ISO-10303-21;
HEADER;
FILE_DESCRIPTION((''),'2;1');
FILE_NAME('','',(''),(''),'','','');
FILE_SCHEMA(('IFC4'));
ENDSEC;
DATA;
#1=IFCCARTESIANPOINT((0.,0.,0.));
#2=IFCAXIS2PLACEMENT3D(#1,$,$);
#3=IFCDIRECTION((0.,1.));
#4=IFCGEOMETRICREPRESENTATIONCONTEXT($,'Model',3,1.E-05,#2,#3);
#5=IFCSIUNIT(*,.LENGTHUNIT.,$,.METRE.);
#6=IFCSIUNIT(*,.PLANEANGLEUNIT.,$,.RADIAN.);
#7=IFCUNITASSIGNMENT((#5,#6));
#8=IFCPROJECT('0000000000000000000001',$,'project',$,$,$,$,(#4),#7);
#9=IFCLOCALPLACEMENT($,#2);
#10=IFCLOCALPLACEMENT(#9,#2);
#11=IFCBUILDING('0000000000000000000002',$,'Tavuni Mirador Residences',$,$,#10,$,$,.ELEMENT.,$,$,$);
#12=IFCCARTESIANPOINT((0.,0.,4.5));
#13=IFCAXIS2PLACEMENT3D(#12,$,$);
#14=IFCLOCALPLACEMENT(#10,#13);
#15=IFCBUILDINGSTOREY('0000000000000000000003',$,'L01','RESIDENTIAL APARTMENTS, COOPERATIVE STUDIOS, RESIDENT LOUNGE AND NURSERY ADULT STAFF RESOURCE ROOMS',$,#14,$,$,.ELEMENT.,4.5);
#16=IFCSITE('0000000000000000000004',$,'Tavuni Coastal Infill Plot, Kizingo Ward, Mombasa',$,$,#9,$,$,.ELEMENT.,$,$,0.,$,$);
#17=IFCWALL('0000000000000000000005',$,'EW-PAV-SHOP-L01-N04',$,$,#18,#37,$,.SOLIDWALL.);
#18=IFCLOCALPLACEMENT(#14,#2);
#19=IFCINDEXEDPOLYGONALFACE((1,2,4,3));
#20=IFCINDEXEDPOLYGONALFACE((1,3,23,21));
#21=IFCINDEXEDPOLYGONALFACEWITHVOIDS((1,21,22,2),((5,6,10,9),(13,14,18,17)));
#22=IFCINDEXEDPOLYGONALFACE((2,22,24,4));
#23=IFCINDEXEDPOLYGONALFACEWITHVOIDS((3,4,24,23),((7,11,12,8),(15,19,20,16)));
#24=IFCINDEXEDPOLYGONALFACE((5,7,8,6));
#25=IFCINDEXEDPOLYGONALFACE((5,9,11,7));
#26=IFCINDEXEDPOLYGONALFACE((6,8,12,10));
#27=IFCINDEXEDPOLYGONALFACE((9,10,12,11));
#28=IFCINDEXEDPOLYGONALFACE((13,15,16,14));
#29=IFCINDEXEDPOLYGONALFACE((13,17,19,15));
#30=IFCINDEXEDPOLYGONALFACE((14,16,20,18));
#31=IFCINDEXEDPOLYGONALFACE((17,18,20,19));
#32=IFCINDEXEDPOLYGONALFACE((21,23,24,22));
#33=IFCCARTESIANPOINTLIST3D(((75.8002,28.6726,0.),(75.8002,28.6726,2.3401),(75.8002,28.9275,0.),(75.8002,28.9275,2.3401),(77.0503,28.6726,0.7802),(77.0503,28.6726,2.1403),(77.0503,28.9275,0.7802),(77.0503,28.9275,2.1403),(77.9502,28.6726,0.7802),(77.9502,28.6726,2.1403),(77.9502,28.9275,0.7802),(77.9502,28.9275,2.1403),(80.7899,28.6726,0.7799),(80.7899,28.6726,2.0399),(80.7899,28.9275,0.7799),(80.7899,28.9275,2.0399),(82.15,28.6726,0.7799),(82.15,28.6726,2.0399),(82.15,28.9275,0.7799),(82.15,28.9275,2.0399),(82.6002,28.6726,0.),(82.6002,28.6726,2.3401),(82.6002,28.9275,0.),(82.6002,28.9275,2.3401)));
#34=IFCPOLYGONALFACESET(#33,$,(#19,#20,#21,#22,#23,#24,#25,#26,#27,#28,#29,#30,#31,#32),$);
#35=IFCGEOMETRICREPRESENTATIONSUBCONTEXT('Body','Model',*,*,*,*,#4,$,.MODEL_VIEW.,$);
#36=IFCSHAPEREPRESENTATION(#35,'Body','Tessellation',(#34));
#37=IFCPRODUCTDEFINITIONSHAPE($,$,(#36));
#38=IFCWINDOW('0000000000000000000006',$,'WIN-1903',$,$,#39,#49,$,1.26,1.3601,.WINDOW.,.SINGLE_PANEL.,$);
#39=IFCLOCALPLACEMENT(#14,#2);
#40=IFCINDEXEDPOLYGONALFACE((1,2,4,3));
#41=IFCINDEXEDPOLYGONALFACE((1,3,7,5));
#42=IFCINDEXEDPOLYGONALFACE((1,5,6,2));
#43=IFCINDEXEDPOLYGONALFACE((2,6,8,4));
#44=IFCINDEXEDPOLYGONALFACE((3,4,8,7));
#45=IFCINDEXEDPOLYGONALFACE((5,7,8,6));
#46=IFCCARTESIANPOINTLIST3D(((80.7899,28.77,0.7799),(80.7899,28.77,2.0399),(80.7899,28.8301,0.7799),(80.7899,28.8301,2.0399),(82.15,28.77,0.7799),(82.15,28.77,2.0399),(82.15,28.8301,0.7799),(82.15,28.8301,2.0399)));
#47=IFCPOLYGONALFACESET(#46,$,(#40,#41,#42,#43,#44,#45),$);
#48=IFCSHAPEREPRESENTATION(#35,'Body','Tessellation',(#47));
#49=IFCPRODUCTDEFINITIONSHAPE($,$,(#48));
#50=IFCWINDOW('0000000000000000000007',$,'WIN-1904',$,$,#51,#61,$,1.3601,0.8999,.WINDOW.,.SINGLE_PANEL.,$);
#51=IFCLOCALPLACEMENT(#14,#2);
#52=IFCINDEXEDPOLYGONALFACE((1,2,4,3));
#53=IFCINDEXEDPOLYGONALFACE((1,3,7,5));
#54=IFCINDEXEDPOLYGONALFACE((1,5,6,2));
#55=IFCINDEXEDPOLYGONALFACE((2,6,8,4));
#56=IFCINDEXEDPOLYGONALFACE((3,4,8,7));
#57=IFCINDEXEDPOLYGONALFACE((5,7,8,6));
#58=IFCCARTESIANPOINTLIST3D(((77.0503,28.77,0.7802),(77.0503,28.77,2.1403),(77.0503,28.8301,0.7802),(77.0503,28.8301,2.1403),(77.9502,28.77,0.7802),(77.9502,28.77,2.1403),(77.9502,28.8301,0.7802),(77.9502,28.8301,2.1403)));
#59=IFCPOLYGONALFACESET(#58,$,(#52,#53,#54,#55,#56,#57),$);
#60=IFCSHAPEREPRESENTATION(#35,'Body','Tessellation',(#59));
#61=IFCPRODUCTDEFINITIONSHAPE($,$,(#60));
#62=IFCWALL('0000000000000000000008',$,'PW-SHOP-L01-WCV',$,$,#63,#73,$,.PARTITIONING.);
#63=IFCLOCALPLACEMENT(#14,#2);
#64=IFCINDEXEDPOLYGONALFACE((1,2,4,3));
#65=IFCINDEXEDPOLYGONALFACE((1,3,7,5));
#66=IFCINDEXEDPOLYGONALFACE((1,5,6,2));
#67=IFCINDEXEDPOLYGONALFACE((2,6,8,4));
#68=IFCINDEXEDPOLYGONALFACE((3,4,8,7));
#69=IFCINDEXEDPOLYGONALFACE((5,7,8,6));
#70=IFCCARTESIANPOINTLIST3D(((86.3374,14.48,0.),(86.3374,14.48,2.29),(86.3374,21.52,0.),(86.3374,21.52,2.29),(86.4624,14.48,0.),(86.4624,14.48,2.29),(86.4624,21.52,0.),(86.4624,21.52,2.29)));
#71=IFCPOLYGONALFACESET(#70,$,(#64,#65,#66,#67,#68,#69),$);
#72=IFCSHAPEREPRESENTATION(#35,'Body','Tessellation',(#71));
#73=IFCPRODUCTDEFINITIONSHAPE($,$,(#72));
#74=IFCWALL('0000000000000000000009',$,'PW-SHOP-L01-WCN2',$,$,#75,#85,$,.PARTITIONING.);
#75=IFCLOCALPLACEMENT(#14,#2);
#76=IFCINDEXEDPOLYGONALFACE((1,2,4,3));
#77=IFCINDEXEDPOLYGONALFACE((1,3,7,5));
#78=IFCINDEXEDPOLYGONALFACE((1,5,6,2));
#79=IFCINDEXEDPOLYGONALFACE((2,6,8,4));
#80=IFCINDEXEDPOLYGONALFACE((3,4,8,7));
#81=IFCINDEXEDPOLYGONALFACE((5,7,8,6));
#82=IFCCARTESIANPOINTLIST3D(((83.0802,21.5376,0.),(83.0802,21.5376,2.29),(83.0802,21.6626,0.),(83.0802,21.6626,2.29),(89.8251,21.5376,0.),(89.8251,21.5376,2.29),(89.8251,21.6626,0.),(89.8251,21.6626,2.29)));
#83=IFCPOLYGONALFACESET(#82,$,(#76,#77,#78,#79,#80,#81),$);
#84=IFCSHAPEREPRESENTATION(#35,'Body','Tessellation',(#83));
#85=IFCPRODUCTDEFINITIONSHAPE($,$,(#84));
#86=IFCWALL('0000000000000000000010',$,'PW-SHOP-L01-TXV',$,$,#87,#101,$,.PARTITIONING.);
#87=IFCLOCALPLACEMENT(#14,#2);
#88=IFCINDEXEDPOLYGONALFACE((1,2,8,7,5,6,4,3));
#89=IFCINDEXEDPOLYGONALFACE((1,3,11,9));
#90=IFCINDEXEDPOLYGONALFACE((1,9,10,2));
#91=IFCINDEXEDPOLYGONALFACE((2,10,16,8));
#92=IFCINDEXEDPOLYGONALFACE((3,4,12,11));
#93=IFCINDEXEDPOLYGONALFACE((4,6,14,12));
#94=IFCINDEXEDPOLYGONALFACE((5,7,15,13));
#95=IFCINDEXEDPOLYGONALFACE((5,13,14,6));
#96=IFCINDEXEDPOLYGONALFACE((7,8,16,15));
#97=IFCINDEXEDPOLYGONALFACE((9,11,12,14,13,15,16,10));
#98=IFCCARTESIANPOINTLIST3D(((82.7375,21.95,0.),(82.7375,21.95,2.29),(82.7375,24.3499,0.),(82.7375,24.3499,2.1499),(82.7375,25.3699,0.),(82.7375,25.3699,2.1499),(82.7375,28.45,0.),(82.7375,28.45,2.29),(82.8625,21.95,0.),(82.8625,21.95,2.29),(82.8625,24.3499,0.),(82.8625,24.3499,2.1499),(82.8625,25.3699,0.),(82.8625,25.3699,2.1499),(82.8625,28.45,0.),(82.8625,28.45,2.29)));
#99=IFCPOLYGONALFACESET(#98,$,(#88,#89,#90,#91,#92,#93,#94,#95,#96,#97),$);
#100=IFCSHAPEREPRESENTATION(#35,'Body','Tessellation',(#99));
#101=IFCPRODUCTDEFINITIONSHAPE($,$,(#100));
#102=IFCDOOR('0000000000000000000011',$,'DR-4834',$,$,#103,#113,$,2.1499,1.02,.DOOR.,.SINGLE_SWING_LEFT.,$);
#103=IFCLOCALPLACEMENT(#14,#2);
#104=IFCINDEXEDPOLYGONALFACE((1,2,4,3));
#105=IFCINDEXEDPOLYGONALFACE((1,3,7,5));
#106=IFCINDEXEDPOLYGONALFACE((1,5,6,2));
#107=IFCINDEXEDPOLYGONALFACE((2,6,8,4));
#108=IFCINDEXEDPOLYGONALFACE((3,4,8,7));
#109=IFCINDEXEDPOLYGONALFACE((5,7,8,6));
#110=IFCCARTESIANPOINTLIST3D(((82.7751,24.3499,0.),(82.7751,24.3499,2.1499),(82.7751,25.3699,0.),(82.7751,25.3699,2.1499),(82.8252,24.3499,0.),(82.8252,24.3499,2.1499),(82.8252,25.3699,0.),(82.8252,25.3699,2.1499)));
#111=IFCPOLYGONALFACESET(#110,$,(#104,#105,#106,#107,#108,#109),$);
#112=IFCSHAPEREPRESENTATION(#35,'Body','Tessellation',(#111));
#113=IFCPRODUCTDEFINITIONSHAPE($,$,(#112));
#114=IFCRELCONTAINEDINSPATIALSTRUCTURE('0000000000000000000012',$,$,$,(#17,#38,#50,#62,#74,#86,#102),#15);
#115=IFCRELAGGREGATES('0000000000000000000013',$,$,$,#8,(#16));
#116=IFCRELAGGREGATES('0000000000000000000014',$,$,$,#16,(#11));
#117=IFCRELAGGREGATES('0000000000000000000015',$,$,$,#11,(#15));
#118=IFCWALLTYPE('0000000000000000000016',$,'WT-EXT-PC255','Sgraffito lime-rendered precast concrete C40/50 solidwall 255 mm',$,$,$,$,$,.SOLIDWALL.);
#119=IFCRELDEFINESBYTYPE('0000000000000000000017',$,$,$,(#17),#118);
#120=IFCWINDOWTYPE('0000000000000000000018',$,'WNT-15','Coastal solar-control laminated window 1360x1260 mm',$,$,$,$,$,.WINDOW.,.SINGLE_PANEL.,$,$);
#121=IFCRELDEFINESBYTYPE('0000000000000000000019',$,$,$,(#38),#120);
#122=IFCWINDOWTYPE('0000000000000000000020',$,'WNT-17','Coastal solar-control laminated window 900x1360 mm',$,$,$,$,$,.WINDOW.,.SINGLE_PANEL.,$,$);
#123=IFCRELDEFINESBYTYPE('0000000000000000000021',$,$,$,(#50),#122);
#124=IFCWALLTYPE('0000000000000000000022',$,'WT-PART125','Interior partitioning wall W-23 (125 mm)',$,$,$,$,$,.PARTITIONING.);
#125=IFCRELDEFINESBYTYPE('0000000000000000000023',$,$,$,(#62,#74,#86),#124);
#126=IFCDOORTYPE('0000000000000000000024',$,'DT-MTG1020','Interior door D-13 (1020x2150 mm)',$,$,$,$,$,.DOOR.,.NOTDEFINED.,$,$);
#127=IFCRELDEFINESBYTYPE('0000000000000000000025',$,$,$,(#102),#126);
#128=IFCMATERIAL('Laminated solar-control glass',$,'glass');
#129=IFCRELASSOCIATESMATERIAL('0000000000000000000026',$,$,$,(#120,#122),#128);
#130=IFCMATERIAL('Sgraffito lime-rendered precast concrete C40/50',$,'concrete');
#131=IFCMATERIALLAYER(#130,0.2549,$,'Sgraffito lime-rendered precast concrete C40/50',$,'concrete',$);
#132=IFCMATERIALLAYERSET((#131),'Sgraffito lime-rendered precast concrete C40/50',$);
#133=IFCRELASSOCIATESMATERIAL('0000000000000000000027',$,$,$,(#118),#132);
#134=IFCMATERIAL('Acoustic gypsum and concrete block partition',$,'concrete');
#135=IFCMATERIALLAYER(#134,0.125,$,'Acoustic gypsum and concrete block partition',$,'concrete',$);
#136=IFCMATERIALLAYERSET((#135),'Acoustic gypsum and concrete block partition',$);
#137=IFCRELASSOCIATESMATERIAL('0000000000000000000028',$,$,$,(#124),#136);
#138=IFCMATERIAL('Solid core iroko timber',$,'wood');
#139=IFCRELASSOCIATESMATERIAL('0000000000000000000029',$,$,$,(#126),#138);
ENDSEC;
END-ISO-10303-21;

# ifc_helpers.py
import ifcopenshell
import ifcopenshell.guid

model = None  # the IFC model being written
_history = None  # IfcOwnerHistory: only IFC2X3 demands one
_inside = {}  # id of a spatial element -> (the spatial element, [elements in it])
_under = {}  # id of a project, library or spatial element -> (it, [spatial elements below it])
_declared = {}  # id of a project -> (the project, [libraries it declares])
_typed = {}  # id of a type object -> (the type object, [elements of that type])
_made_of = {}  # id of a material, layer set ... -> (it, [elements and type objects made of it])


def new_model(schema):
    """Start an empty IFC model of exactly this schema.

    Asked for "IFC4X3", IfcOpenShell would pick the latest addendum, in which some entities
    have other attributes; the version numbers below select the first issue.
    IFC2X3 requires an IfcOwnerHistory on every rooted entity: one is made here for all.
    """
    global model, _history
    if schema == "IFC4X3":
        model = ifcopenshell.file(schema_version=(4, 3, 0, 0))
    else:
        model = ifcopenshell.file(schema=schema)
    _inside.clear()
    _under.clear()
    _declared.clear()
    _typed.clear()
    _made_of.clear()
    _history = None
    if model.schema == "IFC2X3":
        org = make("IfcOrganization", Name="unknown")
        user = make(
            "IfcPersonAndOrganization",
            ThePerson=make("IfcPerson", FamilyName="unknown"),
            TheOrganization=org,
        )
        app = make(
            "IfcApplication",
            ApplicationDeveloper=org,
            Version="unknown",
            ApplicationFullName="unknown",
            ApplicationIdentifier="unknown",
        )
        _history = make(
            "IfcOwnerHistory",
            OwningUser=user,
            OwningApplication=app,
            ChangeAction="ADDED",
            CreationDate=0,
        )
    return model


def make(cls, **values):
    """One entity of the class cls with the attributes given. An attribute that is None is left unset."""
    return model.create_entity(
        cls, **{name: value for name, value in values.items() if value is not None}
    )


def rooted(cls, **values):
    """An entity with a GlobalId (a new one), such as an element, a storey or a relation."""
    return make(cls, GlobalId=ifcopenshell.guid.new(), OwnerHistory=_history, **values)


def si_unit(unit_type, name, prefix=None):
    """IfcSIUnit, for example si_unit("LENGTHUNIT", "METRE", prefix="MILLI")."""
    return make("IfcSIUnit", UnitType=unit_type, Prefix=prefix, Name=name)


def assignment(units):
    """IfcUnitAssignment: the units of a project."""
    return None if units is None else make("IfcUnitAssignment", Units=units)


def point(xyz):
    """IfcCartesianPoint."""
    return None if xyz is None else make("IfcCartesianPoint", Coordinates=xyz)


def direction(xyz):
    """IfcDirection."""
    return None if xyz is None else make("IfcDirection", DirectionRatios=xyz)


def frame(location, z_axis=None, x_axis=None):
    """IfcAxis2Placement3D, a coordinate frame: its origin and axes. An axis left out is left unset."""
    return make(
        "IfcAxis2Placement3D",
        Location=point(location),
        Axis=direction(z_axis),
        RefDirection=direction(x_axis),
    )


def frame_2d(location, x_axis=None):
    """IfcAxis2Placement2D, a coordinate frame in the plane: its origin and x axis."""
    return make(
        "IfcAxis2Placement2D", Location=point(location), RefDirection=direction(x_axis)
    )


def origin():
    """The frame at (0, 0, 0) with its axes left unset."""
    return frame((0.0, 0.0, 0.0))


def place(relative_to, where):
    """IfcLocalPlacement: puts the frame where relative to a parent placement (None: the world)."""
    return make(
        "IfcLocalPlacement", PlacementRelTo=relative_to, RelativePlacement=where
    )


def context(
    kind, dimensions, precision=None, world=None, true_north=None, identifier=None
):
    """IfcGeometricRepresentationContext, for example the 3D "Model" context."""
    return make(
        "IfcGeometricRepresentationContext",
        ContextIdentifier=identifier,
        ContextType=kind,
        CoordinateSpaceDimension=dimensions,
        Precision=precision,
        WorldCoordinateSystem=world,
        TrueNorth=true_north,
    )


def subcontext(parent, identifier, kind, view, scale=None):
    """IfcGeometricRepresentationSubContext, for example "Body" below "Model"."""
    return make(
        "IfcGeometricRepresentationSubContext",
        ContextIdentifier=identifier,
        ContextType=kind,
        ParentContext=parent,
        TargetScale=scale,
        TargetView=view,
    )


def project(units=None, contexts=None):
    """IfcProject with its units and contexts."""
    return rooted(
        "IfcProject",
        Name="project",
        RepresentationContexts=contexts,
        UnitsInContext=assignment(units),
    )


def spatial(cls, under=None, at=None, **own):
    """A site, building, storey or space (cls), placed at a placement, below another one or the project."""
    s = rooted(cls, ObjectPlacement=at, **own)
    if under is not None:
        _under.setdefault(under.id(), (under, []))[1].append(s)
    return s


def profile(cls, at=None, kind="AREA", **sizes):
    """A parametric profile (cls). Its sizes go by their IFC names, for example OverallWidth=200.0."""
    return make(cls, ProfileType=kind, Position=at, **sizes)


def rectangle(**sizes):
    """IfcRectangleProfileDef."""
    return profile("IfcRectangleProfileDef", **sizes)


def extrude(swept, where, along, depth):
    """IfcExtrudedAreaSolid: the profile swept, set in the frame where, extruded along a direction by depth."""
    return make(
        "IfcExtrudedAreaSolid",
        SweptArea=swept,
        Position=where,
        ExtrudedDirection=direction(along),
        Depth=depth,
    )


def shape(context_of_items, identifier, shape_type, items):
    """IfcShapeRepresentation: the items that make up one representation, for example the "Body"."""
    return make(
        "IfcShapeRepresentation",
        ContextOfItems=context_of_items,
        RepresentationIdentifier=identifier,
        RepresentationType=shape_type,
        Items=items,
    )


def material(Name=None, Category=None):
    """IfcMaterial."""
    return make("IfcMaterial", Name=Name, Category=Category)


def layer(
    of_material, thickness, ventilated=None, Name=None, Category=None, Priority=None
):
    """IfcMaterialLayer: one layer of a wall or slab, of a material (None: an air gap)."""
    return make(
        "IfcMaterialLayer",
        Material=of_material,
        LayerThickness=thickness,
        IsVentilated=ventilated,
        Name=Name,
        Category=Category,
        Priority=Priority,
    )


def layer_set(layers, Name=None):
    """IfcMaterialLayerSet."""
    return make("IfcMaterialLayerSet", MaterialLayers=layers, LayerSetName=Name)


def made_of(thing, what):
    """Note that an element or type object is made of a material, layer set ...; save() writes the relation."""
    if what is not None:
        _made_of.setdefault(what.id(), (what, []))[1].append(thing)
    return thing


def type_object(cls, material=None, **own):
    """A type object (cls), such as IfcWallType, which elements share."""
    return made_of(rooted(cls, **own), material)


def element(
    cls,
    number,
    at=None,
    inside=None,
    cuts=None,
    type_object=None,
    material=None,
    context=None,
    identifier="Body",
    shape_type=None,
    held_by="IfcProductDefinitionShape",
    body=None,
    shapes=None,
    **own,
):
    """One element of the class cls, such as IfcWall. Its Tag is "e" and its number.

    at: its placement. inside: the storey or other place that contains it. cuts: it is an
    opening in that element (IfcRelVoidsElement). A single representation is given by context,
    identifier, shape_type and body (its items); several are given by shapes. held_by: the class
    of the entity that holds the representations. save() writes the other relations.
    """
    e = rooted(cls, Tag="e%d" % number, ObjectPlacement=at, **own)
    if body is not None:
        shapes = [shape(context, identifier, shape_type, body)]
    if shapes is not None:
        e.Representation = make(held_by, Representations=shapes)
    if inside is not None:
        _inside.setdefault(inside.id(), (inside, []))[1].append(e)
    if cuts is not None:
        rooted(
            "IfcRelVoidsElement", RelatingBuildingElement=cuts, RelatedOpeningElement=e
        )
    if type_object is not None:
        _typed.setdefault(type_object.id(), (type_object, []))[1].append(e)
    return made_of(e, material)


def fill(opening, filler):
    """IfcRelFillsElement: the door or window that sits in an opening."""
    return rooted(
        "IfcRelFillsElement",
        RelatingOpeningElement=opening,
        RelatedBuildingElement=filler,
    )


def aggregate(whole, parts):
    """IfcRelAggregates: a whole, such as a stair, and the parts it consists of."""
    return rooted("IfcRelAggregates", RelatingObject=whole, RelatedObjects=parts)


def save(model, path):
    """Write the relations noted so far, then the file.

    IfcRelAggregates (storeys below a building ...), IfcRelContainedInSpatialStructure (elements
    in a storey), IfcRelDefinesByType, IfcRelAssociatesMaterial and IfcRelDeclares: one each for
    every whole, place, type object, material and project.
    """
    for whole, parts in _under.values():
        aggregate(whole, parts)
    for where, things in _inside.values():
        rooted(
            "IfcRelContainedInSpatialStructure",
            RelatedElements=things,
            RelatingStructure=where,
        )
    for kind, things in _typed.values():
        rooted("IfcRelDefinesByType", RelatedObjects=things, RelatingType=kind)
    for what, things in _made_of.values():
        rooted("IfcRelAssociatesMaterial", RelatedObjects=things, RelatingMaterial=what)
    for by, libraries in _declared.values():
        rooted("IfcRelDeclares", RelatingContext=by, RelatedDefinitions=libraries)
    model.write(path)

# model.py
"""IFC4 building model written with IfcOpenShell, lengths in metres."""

from ifc_helpers import new_model, si_unit, direction, frame, frame_2d, origin, place, context, subcontext, project, spatial, rectangle, extrude, material, layer, layer_set, type_object, element, fill, save


model = new_model("IFC4")

# Units and contexts
model_context = context("Model", 3, precision=1e-05, world=origin(), true_north=direction((0.0, 1.0)))
body_context = subcontext(model_context, "Body", "Model", "MODEL_VIEW")
ifc_project = project(units=[si_unit("LENGTHUNIT", "METRE"), si_unit("PLANEANGLEUNIT", "RADIAN")], contexts=[model_context])

# Site, building, storey
site_placement = place(None, origin())
site = spatial("IfcSite", under=ifc_project, at=site_placement, Name="Tavuni Coastal Infill Plot, Kizingo Ward, Mombasa", CompositionType="ELEMENT", RefElevation=0.0)
building_placement = place(site_placement, origin())
building = spatial("IfcBuilding", under=site, at=building_placement, Name="Tavuni Mirador Residences", CompositionType="ELEMENT")
storey_placement = place(building_placement, frame((0.0, 0.0, 4.5)))
storey = spatial("IfcBuildingStorey", under=building, at=storey_placement, Name="L01", Description="RESIDENTIAL APARTMENTS, COOPERATIVE STUDIOS, RESIDENT LOUNGE AND NURSERY ADULT STAFF RESOURCE ROOMS", CompositionType="ELEMENT", Elevation=4.5)

# Shared definitions
ifc_material_1 = material(Name="Solid core iroko timber", Category="wood")

# Wall, openings, windows
ifc_material_2 = material(Name="Sgraffito lime-rendered precast concrete C40/50", Category="concrete")
ifc_material_3 = material(Name="Laminated solar-control glass", Category="glass")
window_type_1 = type_object("IfcWindowType", Name="WNT-15", Description="Coastal solar-control laminated window 1360x1260 mm", PartitioningType="SINGLE_PANEL", PredefinedType="WINDOW", material=ifc_material_3)
ifc_layer_1 = layer(ifc_material_2, 0.2549, Name="Sgraffito lime-rendered precast concrete C40/50", Category="concrete")
ifc_layer_set_1 = layer_set([ifc_layer_1], Name="Sgraffito lime-rendered precast concrete C40/50")
wall_type_1 = type_object("IfcWallType", Name="WT-EXT-PC255", Description="Sgraffito lime-rendered precast concrete C40/50 solidwall 255 mm", PredefinedType="SOLIDWALL", material=ifc_layer_set_1)
wall_1_placement = place(storey_placement, frame((82.6001, 28.8, 0.0), z_axis=(0.0, 0.0, 1.0), x_axis=(-1.0, 0.0, 0.0)))
wall_1 = element("IfcWall", 1, at=wall_1_placement, inside=storey, type_object=wall_type_1, Name="EW-PAV-SHOP-L01-N04", PredefinedType="SOLIDWALL", context=body_context, shape_type="SweptSolid", body=[
    extrude(rectangle(XDim=6.8, YDim=0.2549, at=frame_2d((3.3999, 0.0))), origin(), (0.0, 0.0, 1.0), 2.3401),
])
opening_1_placement = place(wall_1_placement, frame((0.45, 0.0, 0.78)))
opening_1 = element("IfcOpeningElement", 2, at=opening_1_placement, cuts=wall_1, PredefinedType="OPENING", context=body_context, shape_type="SweptSolid", body=[
    extrude(rectangle(XDim=1.3601, YDim=1.26, at=frame_2d((0.6802, 0.6299))), frame((0.0, 0.1375, 0.0), z_axis=(0.0, -1.0, 0.0), x_axis=(1.0, 0.0, 0.0)), (0.0, 0.0, 1.0), 0.2749),
])
opening_2_placement = place(wall_1_placement, frame((4.6499, 0.0, 0.78)))
opening_2 = element("IfcOpeningElement", 3, at=opening_2_placement, cuts=wall_1, PredefinedType="OPENING", context=body_context, shape_type="SweptSolid", body=[
    extrude(rectangle(XDim=0.8999, YDim=1.3601, at=frame_2d((0.45, 0.6802))), frame((0.0, 0.1375, 0.0), z_axis=(0.0, -1.0, 0.0), x_axis=(1.0, 0.0, 0.0)), (0.0, 0.0, 1.0), 0.2749),
])
window_1_placement = place(opening_1_placement, origin())
window_1 = element("IfcWindow", 4, at=window_1_placement, inside=storey, type_object=window_type_1, Name="WIN-1903", OverallHeight=1.26, OverallWidth=1.3601, PartitioningType="SINGLE_PANEL", PredefinedType="WINDOW", context=body_context, shape_type="SweptSolid", body=[
    extrude(rectangle(XDim=1.3601, YDim=1.26, at=frame_2d((0.6802, 0.6299))), frame((0.0, 0.03, 0.0), z_axis=(0.0, -1.0, 0.0), x_axis=(1.0, 0.0, 0.0)), (0.0, 0.0, 1.0), 0.0601),
])
fill(opening_1, window_1)
window_type_2 = type_object("IfcWindowType", Name="WNT-17", Description="Coastal solar-control laminated window 900x1360 mm", PartitioningType="SINGLE_PANEL", PredefinedType="WINDOW", material=ifc_material_3)
window_2_placement = place(opening_2_placement, origin())
window_2 = element("IfcWindow", 5, at=window_2_placement, inside=storey, type_object=window_type_2, Name="WIN-1904", OverallHeight=1.3601, OverallWidth=0.8999, PartitioningType="SINGLE_PANEL", PredefinedType="WINDOW", context=body_context, shape_type="SweptSolid", body=[
    extrude(rectangle(XDim=0.8999, YDim=1.3601, at=frame_2d((0.45, 0.6802))), frame((0.0, 0.03, 0.0), z_axis=(0.0, -1.0, 0.0), x_axis=(1.0, 0.0, 0.0)), (0.0, 0.0, 1.0), 0.0601),
])
fill(opening_2, window_2)

# Wall
ifc_material_4 = material(Name="Acoustic gypsum and concrete block partition", Category="concrete")
ifc_layer_2 = layer(ifc_material_4, 0.125, Name="Acoustic gypsum and concrete block partition", Category="concrete")
ifc_layer_set_2 = layer_set([ifc_layer_2], Name="Acoustic gypsum and concrete block partition")
wall_type_2 = type_object("IfcWallType", Name="WT-PART125", Description="Interior partitioning wall W-23 (125 mm)", PredefinedType="PARTITIONING", material=ifc_layer_set_2)
wall_2_placement = place(storey_placement, frame((86.3999, 14.48, 0.0), z_axis=(0.0, 0.0, 1.0), x_axis=(0.0, 1.0, 0.0)))
element("IfcWall", 6, at=wall_2_placement, inside=storey, type_object=wall_type_2, Name="PW-SHOP-L01-WCV", PredefinedType="PARTITIONING", context=body_context, shape_type="SweptSolid", body=[
    extrude(rectangle(XDim=7.04, YDim=0.125, at=frame_2d((3.52, 0.0))), origin(), (0.0, 0.0, 1.0), 2.29),
])

# Shared definitions
door_type_1 = type_object("IfcDoorType", Name="DT-MTG1020", Description="Interior door D-13 (1020x2150 mm)", OperationType="NOTDEFINED", PredefinedType="DOOR", material=ifc_material_1)

# Wall
wall_3_placement = place(storey_placement, frame((83.0801, 21.6001, 0.0), z_axis=(0.0, 0.0, 1.0), x_axis=(1.0, 0.0, 0.0)))
element("IfcWall", 7, at=wall_3_placement, inside=storey, type_object=wall_type_2, Name="PW-SHOP-L01-WCN2", PredefinedType="PARTITIONING", context=body_context, shape_type="SweptSolid", body=[
    extrude(rectangle(XDim=6.7449, YDim=0.125, at=frame_2d((3.3726, 0.0))), origin(), (0.0, 0.0, 1.0), 2.29),
])

# Wall, opening, door
wall_4_placement = place(storey_placement, frame((82.8, 21.95, 0.0), z_axis=(0.0, 0.0, 1.0), x_axis=(0.0, 1.0, 0.0)))
wall_4 = element("IfcWall", 8, at=wall_4_placement, inside=storey, type_object=wall_type_2, Name="PW-SHOP-L01-TXV", PredefinedType="PARTITIONING", context=body_context, shape_type="SweptSolid", body=[
    extrude(rectangle(XDim=6.5, YDim=0.125, at=frame_2d((3.25, 0.0))), origin(), (0.0, 0.0, 1.0), 2.29),
])
opening_3_placement = place(wall_4_placement, frame((2.3999, 0.0, 0.0)))
opening_3 = element("IfcOpeningElement", 9, at=opening_3_placement, cuts=wall_4, PredefinedType="OPENING", context=body_context, shape_type="SweptSolid", body=[
    extrude(rectangle(XDim=1.02, YDim=2.1499, at=frame_2d((0.51, 1.075))), frame((0.0, 0.0725, 0.0), z_axis=(0.0, -1.0, 0.0), x_axis=(1.0, 0.0, 0.0)), (0.0, 0.0, 1.0), 0.145),
])
door_1_placement = place(opening_3_placement, origin())
door_1 = element("IfcDoor", 10, at=door_1_placement, inside=storey, type_object=door_type_1, Name="DR-4834", OperationType="SINGLE_SWING_LEFT", OverallHeight=2.1499, OverallWidth=1.02, PredefinedType="DOOR", context=body_context, shape_type="SweptSolid", body=[
    extrude(rectangle(XDim=1.02, YDim=2.1499, at=frame_2d((0.51, 1.075))), frame((0.0, 0.0249, 0.0), z_axis=(0.0, -1.0, 0.0), x_axis=(1.0, 0.0, 0.0)), (0.0, 0.0, 1.0), 0.05),
])
fill(opening_3, door_1)

save(model, "model.ifc")
